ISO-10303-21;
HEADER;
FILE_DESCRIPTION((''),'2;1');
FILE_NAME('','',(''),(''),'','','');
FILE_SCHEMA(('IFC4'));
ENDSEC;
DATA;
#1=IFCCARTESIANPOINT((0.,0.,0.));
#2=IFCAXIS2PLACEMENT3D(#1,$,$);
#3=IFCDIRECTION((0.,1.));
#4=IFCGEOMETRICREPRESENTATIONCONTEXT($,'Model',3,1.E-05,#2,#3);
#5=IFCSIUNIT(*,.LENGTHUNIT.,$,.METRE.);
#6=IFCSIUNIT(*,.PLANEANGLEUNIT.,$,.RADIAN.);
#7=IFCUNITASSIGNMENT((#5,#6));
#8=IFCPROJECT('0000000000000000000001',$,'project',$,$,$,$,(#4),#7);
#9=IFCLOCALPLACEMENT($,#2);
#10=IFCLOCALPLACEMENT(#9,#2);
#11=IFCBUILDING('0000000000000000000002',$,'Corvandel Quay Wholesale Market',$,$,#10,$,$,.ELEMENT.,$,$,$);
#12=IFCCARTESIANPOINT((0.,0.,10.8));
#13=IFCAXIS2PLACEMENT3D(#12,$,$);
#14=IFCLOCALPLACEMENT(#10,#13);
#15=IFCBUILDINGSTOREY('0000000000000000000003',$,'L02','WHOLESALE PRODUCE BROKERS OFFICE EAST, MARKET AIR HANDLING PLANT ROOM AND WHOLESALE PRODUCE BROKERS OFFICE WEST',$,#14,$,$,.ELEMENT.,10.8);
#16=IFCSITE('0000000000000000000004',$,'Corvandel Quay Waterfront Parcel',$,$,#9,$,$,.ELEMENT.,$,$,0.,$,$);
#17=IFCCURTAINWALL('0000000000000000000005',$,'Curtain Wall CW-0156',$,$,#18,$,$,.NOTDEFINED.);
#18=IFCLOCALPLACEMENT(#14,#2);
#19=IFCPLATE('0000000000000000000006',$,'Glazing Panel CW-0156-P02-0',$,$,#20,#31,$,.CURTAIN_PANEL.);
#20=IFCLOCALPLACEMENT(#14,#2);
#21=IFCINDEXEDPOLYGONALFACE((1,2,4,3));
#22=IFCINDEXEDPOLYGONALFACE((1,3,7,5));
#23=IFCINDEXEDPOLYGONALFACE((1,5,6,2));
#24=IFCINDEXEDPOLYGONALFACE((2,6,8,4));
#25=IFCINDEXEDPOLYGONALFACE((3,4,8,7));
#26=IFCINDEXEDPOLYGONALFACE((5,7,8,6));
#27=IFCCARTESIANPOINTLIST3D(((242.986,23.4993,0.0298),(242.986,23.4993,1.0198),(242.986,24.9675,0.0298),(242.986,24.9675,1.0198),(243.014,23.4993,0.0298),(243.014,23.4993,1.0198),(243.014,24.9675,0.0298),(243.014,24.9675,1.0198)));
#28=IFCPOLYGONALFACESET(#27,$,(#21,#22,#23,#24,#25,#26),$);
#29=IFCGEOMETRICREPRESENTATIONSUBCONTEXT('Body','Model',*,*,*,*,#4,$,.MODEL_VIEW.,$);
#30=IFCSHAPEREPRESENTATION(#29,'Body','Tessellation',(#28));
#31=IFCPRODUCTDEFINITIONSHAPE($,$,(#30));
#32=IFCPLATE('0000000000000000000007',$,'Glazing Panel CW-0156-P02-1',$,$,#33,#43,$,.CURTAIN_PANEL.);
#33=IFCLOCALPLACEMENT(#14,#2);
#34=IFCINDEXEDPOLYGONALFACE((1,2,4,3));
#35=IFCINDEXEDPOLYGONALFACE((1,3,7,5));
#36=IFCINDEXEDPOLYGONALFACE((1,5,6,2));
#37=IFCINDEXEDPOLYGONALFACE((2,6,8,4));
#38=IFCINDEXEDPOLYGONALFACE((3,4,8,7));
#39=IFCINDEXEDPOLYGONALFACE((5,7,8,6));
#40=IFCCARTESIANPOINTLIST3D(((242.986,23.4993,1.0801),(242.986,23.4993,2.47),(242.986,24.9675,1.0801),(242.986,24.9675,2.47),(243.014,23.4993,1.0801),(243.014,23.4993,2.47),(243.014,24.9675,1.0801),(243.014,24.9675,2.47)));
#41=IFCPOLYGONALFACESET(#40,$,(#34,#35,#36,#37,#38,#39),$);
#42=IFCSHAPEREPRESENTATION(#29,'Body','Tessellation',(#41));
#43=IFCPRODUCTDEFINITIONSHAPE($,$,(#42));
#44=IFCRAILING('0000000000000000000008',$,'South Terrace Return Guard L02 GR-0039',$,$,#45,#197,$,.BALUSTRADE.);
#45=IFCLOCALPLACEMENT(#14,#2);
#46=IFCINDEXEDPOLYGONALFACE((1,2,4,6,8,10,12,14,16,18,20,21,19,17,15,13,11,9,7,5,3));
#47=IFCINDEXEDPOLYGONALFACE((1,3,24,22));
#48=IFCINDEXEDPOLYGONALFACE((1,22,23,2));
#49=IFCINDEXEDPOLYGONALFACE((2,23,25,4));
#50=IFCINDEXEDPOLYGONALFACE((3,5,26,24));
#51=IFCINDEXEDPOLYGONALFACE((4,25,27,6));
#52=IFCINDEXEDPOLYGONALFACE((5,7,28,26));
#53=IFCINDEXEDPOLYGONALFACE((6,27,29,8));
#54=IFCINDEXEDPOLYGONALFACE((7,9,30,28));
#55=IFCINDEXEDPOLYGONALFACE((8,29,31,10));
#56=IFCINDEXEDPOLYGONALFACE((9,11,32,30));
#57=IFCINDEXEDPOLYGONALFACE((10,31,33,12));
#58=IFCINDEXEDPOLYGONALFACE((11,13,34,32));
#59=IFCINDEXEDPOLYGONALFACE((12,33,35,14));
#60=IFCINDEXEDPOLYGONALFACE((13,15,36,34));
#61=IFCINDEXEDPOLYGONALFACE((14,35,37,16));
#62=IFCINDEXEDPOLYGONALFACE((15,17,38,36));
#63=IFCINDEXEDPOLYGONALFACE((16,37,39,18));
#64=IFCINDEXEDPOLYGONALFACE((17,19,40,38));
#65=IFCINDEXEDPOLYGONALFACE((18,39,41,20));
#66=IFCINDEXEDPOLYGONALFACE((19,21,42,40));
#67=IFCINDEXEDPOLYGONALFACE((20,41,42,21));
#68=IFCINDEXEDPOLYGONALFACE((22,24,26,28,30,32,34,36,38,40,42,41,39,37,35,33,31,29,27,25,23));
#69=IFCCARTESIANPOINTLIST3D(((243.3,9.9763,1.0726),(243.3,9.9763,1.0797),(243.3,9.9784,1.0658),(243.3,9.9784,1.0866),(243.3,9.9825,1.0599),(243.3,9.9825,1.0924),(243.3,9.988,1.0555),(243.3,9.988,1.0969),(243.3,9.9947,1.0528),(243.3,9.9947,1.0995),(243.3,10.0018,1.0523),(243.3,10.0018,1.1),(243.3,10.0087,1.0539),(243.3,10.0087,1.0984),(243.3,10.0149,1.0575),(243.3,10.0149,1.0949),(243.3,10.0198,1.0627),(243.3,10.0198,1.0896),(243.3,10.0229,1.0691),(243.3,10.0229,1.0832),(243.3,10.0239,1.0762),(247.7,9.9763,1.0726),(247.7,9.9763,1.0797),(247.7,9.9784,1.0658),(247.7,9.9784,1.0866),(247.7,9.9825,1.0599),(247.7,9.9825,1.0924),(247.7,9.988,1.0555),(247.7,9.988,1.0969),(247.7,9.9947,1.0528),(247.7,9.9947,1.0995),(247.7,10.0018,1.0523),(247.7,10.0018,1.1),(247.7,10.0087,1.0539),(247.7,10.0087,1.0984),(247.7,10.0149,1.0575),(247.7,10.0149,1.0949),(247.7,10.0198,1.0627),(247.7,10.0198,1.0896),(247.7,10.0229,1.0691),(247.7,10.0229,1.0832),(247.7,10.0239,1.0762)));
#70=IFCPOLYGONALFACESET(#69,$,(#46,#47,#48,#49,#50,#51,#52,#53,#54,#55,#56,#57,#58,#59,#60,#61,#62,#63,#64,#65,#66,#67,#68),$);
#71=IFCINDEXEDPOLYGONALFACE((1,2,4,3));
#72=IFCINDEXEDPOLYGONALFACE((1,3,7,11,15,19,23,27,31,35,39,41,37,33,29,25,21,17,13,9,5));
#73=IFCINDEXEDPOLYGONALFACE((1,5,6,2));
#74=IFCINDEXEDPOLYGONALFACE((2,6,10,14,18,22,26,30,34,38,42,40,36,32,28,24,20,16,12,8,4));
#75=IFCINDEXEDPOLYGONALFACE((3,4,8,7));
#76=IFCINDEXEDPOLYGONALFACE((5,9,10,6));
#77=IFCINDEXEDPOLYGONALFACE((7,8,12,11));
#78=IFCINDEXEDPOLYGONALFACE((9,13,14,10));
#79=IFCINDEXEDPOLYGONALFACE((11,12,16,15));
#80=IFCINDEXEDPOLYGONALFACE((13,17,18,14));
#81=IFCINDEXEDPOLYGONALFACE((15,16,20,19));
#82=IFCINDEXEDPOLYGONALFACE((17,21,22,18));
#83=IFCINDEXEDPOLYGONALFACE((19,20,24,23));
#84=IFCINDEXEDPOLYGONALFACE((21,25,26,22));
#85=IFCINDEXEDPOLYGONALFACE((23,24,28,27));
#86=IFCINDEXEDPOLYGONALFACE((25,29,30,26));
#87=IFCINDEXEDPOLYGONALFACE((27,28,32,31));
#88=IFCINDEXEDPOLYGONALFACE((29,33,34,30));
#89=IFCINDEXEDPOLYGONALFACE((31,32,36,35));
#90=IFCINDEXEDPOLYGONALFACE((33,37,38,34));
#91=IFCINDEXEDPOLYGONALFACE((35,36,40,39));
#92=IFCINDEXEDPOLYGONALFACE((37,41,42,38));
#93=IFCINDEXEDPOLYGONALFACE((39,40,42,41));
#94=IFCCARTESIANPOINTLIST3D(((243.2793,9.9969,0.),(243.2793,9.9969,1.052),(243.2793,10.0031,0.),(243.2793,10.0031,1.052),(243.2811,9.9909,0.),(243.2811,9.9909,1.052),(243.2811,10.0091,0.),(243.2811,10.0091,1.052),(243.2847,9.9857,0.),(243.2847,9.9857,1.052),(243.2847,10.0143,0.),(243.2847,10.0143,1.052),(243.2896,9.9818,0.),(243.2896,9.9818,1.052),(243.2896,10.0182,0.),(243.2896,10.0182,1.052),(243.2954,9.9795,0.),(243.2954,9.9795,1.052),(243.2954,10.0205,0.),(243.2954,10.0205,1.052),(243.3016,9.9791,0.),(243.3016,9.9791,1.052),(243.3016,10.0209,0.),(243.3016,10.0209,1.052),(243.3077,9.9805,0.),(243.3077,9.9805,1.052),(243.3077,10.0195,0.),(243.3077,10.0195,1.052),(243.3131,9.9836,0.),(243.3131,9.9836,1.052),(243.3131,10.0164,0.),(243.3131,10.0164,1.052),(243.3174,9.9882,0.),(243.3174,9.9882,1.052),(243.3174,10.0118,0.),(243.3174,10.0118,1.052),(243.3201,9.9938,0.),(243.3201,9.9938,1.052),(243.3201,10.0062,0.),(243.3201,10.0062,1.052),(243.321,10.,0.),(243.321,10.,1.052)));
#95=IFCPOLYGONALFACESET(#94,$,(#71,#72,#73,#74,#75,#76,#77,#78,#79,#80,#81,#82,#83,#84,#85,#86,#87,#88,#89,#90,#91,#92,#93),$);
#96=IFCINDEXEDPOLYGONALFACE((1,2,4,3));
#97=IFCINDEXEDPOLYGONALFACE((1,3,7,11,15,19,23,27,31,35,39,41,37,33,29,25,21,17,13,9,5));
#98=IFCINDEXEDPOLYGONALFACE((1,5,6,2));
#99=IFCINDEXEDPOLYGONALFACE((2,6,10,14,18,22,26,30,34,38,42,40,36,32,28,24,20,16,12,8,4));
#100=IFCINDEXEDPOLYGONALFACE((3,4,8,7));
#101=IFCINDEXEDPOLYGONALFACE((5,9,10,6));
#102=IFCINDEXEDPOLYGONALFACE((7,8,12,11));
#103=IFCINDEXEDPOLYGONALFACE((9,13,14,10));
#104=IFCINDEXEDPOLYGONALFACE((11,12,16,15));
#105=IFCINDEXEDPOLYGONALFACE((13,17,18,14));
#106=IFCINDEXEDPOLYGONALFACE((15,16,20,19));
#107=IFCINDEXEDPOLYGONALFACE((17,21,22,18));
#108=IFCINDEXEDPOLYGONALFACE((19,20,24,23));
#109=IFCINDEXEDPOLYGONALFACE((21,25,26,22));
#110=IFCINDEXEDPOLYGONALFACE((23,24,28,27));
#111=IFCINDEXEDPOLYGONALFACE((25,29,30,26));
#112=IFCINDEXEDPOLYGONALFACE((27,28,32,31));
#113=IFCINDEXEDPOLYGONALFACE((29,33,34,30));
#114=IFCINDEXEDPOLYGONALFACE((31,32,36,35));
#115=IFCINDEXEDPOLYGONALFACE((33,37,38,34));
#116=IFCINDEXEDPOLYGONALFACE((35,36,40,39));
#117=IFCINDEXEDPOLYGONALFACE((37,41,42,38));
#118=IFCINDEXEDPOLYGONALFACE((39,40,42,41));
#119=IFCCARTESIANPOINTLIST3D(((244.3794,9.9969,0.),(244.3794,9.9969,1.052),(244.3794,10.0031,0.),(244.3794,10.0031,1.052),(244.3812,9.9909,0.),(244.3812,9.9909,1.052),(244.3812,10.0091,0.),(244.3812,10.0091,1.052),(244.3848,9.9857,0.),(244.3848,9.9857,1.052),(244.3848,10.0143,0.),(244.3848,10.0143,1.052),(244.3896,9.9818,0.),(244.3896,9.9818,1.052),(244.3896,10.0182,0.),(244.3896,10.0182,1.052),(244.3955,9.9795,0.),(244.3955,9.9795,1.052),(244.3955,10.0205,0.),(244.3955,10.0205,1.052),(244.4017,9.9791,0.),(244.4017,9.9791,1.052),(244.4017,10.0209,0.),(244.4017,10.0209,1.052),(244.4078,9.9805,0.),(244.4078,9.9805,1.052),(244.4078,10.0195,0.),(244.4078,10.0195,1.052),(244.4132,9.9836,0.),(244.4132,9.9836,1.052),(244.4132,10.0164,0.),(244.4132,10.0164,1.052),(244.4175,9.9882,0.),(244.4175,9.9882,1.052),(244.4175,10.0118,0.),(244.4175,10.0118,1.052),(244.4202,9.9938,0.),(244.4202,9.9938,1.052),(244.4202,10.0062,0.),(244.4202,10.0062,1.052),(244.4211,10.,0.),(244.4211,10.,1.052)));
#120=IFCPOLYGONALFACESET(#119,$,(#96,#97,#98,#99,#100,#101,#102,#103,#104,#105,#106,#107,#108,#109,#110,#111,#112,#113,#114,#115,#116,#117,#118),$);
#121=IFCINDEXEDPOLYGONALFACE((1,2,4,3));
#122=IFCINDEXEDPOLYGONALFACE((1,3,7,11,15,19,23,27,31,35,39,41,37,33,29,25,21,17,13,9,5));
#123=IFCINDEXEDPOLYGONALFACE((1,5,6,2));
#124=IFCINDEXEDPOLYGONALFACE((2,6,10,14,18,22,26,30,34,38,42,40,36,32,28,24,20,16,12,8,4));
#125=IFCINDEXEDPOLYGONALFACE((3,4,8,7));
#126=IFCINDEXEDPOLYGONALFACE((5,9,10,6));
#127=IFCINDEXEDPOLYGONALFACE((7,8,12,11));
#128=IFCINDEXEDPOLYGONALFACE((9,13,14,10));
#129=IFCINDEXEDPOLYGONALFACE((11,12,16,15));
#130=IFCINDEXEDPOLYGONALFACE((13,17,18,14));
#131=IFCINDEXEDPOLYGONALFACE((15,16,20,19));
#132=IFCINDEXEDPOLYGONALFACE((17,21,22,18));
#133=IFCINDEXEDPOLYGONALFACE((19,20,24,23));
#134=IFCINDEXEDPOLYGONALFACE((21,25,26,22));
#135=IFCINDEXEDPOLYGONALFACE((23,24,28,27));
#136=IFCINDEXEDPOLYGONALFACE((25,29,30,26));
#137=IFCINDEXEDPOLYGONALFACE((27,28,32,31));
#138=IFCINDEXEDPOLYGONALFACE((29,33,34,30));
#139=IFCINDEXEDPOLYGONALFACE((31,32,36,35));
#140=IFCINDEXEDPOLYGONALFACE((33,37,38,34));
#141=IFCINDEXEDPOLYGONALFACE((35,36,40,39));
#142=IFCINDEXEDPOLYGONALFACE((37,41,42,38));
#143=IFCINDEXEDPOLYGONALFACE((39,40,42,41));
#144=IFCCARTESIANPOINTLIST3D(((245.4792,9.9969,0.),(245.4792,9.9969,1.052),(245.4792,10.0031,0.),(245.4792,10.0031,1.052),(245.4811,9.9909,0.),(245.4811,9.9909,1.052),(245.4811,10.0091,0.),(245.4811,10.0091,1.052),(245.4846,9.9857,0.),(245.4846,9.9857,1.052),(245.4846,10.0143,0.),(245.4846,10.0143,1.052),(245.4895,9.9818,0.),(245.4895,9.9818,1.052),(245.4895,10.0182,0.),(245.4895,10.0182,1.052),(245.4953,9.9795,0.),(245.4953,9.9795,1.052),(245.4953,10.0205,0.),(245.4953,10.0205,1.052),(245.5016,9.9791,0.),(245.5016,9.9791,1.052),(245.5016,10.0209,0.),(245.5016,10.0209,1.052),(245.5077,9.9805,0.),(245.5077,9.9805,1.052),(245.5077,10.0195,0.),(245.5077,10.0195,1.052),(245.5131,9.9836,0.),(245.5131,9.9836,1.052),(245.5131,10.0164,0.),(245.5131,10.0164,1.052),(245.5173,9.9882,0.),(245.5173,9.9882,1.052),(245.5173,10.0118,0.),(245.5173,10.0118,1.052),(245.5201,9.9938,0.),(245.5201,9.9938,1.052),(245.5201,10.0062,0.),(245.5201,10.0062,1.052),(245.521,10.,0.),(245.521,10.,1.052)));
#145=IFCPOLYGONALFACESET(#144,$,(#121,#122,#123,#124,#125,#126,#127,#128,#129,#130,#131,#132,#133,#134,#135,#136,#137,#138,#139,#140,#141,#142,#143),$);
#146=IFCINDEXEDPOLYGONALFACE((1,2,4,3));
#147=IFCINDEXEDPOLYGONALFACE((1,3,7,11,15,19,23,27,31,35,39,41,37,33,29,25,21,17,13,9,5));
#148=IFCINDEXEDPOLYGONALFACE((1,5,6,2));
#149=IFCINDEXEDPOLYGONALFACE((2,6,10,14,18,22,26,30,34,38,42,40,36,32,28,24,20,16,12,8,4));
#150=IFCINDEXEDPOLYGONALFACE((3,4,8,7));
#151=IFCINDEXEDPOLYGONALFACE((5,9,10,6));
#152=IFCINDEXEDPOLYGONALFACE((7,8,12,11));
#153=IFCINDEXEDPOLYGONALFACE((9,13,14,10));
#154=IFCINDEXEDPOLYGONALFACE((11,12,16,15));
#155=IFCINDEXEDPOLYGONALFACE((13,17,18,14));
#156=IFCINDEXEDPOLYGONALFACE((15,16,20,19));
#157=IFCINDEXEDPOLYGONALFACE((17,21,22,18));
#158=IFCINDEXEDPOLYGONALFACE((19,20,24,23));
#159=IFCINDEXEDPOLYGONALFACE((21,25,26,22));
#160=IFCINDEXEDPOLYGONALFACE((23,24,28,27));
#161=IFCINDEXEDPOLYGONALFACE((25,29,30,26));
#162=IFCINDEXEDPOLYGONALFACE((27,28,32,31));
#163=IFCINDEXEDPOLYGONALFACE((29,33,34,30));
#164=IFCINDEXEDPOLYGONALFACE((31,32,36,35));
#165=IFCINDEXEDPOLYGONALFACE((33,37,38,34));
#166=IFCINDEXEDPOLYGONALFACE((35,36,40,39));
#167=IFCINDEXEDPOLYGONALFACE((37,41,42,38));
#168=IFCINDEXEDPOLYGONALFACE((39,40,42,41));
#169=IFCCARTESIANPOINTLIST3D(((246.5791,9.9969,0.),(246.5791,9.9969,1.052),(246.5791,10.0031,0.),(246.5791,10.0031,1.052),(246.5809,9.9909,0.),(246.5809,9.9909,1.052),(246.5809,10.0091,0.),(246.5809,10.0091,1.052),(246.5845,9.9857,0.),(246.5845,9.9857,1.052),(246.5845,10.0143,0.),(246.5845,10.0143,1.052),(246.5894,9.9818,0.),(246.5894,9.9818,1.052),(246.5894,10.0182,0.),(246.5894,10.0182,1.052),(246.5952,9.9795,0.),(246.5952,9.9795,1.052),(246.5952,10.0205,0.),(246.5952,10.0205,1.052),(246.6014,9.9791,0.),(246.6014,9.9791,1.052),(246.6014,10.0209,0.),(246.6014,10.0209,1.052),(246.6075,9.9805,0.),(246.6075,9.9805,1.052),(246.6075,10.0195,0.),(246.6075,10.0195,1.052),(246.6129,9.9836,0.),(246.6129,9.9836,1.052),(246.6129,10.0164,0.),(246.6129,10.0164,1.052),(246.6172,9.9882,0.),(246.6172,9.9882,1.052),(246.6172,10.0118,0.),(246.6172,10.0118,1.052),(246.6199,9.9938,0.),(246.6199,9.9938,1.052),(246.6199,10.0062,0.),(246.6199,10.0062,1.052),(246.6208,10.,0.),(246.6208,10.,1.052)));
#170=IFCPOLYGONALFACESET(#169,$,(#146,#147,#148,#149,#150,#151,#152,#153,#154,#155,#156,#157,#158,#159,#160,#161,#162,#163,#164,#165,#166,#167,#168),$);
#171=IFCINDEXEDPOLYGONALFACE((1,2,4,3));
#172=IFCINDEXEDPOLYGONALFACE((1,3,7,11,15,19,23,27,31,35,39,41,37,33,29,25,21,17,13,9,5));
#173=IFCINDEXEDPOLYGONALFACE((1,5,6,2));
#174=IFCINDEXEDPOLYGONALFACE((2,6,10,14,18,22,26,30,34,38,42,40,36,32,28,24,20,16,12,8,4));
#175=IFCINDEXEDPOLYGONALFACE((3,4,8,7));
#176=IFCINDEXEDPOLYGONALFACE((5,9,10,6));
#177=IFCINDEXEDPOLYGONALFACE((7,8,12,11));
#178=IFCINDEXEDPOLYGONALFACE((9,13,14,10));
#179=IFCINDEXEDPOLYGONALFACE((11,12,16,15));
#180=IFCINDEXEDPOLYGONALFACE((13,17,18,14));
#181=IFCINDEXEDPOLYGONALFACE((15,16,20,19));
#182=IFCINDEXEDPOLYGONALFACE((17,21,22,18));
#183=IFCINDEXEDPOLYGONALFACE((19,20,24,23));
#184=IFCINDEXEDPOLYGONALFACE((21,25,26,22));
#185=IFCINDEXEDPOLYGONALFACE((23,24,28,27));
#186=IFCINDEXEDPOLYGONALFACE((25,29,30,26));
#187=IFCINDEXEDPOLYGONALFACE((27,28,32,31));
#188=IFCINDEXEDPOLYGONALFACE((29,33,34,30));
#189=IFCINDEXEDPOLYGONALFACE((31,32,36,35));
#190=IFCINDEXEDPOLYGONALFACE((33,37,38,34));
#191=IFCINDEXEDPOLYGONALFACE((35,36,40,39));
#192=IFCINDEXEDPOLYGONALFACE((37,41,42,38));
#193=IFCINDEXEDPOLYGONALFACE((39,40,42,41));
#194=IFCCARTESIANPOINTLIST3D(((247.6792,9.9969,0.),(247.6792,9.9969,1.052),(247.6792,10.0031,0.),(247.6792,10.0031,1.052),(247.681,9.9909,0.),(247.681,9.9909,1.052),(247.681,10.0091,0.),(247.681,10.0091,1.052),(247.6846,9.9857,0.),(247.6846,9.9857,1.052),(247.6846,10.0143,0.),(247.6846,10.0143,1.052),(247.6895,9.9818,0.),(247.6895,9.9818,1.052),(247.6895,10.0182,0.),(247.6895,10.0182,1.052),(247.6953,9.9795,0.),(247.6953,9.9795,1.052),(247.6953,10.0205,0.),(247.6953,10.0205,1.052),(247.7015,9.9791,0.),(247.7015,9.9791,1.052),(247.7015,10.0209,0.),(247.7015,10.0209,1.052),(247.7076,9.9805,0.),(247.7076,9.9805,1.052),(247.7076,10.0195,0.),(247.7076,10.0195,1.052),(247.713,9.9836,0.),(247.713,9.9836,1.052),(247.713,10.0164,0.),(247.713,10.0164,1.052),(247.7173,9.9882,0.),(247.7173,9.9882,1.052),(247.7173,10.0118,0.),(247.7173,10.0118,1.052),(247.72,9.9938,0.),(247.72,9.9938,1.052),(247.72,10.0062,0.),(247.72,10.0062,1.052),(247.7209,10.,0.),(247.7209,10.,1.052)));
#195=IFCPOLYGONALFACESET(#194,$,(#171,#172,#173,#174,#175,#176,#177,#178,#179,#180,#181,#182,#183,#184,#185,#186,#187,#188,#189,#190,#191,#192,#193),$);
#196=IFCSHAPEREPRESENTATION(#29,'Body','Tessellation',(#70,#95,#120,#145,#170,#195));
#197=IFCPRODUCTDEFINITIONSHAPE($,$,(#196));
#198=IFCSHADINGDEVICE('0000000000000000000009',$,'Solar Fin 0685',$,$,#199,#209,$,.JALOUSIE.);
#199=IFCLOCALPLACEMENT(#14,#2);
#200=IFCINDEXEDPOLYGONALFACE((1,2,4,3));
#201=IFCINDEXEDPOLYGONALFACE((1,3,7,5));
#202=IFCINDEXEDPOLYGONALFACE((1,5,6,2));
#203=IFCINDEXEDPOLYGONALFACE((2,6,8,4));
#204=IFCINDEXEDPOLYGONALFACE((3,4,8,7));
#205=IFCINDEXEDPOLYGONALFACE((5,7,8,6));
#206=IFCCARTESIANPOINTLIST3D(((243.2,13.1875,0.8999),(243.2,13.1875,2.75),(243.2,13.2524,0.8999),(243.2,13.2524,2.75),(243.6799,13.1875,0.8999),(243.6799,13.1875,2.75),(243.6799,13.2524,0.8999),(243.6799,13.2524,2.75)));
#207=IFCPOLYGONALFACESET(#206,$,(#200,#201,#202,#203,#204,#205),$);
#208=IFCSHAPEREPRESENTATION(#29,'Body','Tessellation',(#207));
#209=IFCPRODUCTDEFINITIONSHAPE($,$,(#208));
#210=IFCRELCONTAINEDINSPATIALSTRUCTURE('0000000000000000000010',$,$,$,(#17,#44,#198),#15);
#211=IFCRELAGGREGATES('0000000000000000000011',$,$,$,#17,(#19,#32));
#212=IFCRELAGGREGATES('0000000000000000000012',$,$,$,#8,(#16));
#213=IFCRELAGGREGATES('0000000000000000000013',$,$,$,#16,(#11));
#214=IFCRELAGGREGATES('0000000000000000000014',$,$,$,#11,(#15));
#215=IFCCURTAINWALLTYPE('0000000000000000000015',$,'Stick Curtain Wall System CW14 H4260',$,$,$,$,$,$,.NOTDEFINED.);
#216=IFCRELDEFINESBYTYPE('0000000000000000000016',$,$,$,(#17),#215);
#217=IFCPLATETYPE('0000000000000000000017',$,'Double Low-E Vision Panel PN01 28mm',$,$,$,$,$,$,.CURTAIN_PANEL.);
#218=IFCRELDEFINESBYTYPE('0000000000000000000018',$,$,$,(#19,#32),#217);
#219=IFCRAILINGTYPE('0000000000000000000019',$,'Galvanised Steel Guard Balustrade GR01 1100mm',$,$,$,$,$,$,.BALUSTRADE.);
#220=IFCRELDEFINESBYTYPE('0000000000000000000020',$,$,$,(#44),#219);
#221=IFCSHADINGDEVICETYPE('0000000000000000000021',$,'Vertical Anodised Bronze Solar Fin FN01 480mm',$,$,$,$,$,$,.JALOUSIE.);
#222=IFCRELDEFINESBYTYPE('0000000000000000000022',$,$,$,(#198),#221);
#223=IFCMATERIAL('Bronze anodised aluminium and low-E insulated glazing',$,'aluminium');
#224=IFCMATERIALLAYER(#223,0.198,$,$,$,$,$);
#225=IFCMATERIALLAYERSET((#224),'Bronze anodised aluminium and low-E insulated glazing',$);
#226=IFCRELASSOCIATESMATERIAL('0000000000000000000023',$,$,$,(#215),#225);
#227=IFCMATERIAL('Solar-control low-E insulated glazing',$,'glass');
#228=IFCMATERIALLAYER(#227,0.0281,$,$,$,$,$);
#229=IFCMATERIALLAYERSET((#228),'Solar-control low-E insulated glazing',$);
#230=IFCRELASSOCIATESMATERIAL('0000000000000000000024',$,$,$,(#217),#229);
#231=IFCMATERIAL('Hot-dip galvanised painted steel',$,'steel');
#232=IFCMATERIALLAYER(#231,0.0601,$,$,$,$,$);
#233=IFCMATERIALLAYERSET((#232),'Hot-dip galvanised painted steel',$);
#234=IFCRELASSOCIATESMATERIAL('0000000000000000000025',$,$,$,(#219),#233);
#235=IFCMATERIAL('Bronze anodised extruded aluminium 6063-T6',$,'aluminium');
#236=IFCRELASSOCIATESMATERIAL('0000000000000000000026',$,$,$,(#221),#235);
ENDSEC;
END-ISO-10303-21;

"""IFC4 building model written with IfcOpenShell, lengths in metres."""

from ifc_helpers import new_model, si_unit, direction, frame, origin, origin_2d, place, context, subcontext, project, spatial, rectangle, circle, extrude, material, layer, layer_set, type_object, element, aggregate, save


model = new_model("IFC4")

# Units and contexts
model_context = context("Model", 3, precision=1e-05, world=origin(), true_north=direction((0.0, 1.0)))
body_context = subcontext(model_context, "Body", "Model", "MODEL_VIEW")
ifc_project = project(units=[si_unit("LENGTHUNIT", "METRE"), si_unit("PLANEANGLEUNIT", "RADIAN")], contexts=[model_context])

# Site, building, storey
site_placement = place(None, origin())
site = spatial("IfcSite", under=ifc_project, at=site_placement, Name="Corvandel Quay Waterfront Parcel", CompositionType="ELEMENT", RefElevation=0.0)
building_placement = place(site_placement, origin())
building = spatial("IfcBuilding", under=site, at=building_placement, Name="Corvandel Quay Wholesale Market", CompositionType="ELEMENT")
storey_placement = place(building_placement, frame((0.0, 0.0, 10.8)))
storey = spatial("IfcBuildingStorey", under=building, at=storey_placement, Name="L02", Description="WHOLESALE PRODUCE BROKERS OFFICE EAST, MARKET AIR HANDLING PLANT ROOM AND WHOLESALE PRODUCE BROKERS OFFICE WEST", CompositionType="ELEMENT", Elevation=10.8)

# Curtain wall
ifc_material_1 = material(Name="Bronze anodised aluminium and low-E insulated glazing", Category="aluminium")
ifc_layer_1 = layer(ifc_material_1, 0.198)
ifc_layer_set_1 = layer_set([ifc_layer_1], Name="Bronze anodised aluminium and low-E insulated glazing")
curtain_wall_type = type_object("IfcCurtainWallType", Name="Stick Curtain Wall System CW14 H4260", PredefinedType="NOTDEFINED", material=ifc_layer_set_1)
curtain_wall_placement = place(storey_placement, origin())
curtain_wall = element("IfcCurtainWall", 1, at=curtain_wall_placement, inside=storey, type_object=curtain_wall_type, Name="Curtain Wall CW-0156", PredefinedType="NOTDEFINED")

# Plates
ifc_material_2 = material(Name="Solar-control low-E insulated glazing", Category="glass")
ifc_layer_2 = layer(ifc_material_2, 0.0281)
ifc_layer_set_2 = layer_set([ifc_layer_2], Name="Solar-control low-E insulated glazing")
plate_type_1 = type_object("IfcPlateType", Name="Double Low-E Vision Panel PN01 28mm", PredefinedType="CURTAIN_PANEL", material=ifc_layer_set_2)
plate_1_placement = place(storey_placement, frame((243.0, 24.2334, 0.0298), z_axis=(0.0, 0.0, 1.0), x_axis=(0.0, 1.0, 0.0)))
plate_1 = element("IfcPlate", 2, at=plate_1_placement, type_object=plate_type_1, Name="Glazing Panel CW-0156-P02-0", PredefinedType="CURTAIN_PANEL", context=body_context, shape_type="SweptSolid", body=[
    extrude(rectangle(XDim=1.4683, YDim=0.0281, at=origin_2d()), origin(), (0.0, 0.0, 1.0), 0.99),
])
plate_2_placement = place(storey_placement, frame((243.0, 24.2334, 1.0801), z_axis=(0.0, 0.0, 1.0), x_axis=(0.0, 1.0, 0.0)))
plate_2 = element("IfcPlate", 3, at=plate_2_placement, type_object=plate_type_1, Name="Glazing Panel CW-0156-P02-1", PredefinedType="CURTAIN_PANEL", context=body_context, shape_type="SweptSolid", body=[
    extrude(rectangle(XDim=1.4683, YDim=0.0281, at=origin_2d()), origin(), (0.0, 0.0, 1.0), 1.3899),
])
aggregate(curtain_wall, [plate_1, plate_2])

# Railing
ifc_material_3 = material(Name="Hot-dip galvanised painted steel", Category="steel")
ifc_layer_3 = layer(ifc_material_3, 0.0601)
ifc_layer_set_3 = layer_set([ifc_layer_3], Name="Hot-dip galvanised painted steel")
railing_type = type_object("IfcRailingType", Name="Galvanised Steel Guard Balustrade GR01 1100mm", PredefinedType="BALUSTRADE", material=ifc_layer_set_3)
railing_placement = place(storey_placement, frame((243.3, 10.0, 0.0)))
element("IfcRailing", 4, at=railing_placement, inside=storey, type_object=railing_type, Name="South Terrace Return Guard L02 GR-0039", PredefinedType="BALUSTRADE", context=body_context, shape_type="SweptSolid", body=[
    extrude(circle(Radius=0.0239, at=origin_2d()), frame((0.0, 0.0, 1.0762), z_axis=(1.0, 0.0, 0.0), x_axis=(0.0, 1.0, 0.0)), (0.0, 0.0, 1.0), 4.3999),
    extrude(circle(Radius=0.021, at=origin_2d()), origin(), (0.0, 0.0, 1.0), 1.052),
    extrude(circle(Radius=0.021, at=origin_2d()), frame((1.1001, 0.0, 0.0)), (0.0, 0.0, 1.0), 1.052),
    extrude(circle(Radius=0.021, at=origin_2d()), frame((2.2, 0.0, 0.0)), (0.0, 0.0, 1.0), 1.052),
    extrude(circle(Radius=0.021, at=origin_2d()), frame((3.2998, 0.0, 0.0)), (0.0, 0.0, 1.0), 1.052),
    extrude(circle(Radius=0.021, at=origin_2d()), frame((4.3999, 0.0, 0.0)), (0.0, 0.0, 1.0), 1.052),
])

# Shading device
ifc_material_4 = material(Name="Bronze anodised extruded aluminium 6063-T6", Category="aluminium")
shading_device_type = type_object("IfcShadingDeviceType", Name="Vertical Anodised Bronze Solar Fin FN01 480mm", PredefinedType="JALOUSIE", material=ifc_material_4)
for number, where, z_axis, x_axis, name in (
    (5, (243.4399, 13.22, 0.8999), (0.0, 0.0, 1.0), (1.0, 0.0, 0.0), "Solar Fin 0685"),
):
    element("IfcShadingDevice", number, at=place(storey_placement, frame(where, z_axis=z_axis, x_axis=x_axis)), inside=storey, type_object=shading_device_type, Name=name, PredefinedType="JALOUSIE", context=body_context, shape_type="SweptSolid", body=[
        extrude(rectangle(XDim=0.48, YDim=0.0649, at=origin_2d()), origin(), (0.0, 0.0, 1.0), 1.8501),
    ])

save(model, "model.ifc")
